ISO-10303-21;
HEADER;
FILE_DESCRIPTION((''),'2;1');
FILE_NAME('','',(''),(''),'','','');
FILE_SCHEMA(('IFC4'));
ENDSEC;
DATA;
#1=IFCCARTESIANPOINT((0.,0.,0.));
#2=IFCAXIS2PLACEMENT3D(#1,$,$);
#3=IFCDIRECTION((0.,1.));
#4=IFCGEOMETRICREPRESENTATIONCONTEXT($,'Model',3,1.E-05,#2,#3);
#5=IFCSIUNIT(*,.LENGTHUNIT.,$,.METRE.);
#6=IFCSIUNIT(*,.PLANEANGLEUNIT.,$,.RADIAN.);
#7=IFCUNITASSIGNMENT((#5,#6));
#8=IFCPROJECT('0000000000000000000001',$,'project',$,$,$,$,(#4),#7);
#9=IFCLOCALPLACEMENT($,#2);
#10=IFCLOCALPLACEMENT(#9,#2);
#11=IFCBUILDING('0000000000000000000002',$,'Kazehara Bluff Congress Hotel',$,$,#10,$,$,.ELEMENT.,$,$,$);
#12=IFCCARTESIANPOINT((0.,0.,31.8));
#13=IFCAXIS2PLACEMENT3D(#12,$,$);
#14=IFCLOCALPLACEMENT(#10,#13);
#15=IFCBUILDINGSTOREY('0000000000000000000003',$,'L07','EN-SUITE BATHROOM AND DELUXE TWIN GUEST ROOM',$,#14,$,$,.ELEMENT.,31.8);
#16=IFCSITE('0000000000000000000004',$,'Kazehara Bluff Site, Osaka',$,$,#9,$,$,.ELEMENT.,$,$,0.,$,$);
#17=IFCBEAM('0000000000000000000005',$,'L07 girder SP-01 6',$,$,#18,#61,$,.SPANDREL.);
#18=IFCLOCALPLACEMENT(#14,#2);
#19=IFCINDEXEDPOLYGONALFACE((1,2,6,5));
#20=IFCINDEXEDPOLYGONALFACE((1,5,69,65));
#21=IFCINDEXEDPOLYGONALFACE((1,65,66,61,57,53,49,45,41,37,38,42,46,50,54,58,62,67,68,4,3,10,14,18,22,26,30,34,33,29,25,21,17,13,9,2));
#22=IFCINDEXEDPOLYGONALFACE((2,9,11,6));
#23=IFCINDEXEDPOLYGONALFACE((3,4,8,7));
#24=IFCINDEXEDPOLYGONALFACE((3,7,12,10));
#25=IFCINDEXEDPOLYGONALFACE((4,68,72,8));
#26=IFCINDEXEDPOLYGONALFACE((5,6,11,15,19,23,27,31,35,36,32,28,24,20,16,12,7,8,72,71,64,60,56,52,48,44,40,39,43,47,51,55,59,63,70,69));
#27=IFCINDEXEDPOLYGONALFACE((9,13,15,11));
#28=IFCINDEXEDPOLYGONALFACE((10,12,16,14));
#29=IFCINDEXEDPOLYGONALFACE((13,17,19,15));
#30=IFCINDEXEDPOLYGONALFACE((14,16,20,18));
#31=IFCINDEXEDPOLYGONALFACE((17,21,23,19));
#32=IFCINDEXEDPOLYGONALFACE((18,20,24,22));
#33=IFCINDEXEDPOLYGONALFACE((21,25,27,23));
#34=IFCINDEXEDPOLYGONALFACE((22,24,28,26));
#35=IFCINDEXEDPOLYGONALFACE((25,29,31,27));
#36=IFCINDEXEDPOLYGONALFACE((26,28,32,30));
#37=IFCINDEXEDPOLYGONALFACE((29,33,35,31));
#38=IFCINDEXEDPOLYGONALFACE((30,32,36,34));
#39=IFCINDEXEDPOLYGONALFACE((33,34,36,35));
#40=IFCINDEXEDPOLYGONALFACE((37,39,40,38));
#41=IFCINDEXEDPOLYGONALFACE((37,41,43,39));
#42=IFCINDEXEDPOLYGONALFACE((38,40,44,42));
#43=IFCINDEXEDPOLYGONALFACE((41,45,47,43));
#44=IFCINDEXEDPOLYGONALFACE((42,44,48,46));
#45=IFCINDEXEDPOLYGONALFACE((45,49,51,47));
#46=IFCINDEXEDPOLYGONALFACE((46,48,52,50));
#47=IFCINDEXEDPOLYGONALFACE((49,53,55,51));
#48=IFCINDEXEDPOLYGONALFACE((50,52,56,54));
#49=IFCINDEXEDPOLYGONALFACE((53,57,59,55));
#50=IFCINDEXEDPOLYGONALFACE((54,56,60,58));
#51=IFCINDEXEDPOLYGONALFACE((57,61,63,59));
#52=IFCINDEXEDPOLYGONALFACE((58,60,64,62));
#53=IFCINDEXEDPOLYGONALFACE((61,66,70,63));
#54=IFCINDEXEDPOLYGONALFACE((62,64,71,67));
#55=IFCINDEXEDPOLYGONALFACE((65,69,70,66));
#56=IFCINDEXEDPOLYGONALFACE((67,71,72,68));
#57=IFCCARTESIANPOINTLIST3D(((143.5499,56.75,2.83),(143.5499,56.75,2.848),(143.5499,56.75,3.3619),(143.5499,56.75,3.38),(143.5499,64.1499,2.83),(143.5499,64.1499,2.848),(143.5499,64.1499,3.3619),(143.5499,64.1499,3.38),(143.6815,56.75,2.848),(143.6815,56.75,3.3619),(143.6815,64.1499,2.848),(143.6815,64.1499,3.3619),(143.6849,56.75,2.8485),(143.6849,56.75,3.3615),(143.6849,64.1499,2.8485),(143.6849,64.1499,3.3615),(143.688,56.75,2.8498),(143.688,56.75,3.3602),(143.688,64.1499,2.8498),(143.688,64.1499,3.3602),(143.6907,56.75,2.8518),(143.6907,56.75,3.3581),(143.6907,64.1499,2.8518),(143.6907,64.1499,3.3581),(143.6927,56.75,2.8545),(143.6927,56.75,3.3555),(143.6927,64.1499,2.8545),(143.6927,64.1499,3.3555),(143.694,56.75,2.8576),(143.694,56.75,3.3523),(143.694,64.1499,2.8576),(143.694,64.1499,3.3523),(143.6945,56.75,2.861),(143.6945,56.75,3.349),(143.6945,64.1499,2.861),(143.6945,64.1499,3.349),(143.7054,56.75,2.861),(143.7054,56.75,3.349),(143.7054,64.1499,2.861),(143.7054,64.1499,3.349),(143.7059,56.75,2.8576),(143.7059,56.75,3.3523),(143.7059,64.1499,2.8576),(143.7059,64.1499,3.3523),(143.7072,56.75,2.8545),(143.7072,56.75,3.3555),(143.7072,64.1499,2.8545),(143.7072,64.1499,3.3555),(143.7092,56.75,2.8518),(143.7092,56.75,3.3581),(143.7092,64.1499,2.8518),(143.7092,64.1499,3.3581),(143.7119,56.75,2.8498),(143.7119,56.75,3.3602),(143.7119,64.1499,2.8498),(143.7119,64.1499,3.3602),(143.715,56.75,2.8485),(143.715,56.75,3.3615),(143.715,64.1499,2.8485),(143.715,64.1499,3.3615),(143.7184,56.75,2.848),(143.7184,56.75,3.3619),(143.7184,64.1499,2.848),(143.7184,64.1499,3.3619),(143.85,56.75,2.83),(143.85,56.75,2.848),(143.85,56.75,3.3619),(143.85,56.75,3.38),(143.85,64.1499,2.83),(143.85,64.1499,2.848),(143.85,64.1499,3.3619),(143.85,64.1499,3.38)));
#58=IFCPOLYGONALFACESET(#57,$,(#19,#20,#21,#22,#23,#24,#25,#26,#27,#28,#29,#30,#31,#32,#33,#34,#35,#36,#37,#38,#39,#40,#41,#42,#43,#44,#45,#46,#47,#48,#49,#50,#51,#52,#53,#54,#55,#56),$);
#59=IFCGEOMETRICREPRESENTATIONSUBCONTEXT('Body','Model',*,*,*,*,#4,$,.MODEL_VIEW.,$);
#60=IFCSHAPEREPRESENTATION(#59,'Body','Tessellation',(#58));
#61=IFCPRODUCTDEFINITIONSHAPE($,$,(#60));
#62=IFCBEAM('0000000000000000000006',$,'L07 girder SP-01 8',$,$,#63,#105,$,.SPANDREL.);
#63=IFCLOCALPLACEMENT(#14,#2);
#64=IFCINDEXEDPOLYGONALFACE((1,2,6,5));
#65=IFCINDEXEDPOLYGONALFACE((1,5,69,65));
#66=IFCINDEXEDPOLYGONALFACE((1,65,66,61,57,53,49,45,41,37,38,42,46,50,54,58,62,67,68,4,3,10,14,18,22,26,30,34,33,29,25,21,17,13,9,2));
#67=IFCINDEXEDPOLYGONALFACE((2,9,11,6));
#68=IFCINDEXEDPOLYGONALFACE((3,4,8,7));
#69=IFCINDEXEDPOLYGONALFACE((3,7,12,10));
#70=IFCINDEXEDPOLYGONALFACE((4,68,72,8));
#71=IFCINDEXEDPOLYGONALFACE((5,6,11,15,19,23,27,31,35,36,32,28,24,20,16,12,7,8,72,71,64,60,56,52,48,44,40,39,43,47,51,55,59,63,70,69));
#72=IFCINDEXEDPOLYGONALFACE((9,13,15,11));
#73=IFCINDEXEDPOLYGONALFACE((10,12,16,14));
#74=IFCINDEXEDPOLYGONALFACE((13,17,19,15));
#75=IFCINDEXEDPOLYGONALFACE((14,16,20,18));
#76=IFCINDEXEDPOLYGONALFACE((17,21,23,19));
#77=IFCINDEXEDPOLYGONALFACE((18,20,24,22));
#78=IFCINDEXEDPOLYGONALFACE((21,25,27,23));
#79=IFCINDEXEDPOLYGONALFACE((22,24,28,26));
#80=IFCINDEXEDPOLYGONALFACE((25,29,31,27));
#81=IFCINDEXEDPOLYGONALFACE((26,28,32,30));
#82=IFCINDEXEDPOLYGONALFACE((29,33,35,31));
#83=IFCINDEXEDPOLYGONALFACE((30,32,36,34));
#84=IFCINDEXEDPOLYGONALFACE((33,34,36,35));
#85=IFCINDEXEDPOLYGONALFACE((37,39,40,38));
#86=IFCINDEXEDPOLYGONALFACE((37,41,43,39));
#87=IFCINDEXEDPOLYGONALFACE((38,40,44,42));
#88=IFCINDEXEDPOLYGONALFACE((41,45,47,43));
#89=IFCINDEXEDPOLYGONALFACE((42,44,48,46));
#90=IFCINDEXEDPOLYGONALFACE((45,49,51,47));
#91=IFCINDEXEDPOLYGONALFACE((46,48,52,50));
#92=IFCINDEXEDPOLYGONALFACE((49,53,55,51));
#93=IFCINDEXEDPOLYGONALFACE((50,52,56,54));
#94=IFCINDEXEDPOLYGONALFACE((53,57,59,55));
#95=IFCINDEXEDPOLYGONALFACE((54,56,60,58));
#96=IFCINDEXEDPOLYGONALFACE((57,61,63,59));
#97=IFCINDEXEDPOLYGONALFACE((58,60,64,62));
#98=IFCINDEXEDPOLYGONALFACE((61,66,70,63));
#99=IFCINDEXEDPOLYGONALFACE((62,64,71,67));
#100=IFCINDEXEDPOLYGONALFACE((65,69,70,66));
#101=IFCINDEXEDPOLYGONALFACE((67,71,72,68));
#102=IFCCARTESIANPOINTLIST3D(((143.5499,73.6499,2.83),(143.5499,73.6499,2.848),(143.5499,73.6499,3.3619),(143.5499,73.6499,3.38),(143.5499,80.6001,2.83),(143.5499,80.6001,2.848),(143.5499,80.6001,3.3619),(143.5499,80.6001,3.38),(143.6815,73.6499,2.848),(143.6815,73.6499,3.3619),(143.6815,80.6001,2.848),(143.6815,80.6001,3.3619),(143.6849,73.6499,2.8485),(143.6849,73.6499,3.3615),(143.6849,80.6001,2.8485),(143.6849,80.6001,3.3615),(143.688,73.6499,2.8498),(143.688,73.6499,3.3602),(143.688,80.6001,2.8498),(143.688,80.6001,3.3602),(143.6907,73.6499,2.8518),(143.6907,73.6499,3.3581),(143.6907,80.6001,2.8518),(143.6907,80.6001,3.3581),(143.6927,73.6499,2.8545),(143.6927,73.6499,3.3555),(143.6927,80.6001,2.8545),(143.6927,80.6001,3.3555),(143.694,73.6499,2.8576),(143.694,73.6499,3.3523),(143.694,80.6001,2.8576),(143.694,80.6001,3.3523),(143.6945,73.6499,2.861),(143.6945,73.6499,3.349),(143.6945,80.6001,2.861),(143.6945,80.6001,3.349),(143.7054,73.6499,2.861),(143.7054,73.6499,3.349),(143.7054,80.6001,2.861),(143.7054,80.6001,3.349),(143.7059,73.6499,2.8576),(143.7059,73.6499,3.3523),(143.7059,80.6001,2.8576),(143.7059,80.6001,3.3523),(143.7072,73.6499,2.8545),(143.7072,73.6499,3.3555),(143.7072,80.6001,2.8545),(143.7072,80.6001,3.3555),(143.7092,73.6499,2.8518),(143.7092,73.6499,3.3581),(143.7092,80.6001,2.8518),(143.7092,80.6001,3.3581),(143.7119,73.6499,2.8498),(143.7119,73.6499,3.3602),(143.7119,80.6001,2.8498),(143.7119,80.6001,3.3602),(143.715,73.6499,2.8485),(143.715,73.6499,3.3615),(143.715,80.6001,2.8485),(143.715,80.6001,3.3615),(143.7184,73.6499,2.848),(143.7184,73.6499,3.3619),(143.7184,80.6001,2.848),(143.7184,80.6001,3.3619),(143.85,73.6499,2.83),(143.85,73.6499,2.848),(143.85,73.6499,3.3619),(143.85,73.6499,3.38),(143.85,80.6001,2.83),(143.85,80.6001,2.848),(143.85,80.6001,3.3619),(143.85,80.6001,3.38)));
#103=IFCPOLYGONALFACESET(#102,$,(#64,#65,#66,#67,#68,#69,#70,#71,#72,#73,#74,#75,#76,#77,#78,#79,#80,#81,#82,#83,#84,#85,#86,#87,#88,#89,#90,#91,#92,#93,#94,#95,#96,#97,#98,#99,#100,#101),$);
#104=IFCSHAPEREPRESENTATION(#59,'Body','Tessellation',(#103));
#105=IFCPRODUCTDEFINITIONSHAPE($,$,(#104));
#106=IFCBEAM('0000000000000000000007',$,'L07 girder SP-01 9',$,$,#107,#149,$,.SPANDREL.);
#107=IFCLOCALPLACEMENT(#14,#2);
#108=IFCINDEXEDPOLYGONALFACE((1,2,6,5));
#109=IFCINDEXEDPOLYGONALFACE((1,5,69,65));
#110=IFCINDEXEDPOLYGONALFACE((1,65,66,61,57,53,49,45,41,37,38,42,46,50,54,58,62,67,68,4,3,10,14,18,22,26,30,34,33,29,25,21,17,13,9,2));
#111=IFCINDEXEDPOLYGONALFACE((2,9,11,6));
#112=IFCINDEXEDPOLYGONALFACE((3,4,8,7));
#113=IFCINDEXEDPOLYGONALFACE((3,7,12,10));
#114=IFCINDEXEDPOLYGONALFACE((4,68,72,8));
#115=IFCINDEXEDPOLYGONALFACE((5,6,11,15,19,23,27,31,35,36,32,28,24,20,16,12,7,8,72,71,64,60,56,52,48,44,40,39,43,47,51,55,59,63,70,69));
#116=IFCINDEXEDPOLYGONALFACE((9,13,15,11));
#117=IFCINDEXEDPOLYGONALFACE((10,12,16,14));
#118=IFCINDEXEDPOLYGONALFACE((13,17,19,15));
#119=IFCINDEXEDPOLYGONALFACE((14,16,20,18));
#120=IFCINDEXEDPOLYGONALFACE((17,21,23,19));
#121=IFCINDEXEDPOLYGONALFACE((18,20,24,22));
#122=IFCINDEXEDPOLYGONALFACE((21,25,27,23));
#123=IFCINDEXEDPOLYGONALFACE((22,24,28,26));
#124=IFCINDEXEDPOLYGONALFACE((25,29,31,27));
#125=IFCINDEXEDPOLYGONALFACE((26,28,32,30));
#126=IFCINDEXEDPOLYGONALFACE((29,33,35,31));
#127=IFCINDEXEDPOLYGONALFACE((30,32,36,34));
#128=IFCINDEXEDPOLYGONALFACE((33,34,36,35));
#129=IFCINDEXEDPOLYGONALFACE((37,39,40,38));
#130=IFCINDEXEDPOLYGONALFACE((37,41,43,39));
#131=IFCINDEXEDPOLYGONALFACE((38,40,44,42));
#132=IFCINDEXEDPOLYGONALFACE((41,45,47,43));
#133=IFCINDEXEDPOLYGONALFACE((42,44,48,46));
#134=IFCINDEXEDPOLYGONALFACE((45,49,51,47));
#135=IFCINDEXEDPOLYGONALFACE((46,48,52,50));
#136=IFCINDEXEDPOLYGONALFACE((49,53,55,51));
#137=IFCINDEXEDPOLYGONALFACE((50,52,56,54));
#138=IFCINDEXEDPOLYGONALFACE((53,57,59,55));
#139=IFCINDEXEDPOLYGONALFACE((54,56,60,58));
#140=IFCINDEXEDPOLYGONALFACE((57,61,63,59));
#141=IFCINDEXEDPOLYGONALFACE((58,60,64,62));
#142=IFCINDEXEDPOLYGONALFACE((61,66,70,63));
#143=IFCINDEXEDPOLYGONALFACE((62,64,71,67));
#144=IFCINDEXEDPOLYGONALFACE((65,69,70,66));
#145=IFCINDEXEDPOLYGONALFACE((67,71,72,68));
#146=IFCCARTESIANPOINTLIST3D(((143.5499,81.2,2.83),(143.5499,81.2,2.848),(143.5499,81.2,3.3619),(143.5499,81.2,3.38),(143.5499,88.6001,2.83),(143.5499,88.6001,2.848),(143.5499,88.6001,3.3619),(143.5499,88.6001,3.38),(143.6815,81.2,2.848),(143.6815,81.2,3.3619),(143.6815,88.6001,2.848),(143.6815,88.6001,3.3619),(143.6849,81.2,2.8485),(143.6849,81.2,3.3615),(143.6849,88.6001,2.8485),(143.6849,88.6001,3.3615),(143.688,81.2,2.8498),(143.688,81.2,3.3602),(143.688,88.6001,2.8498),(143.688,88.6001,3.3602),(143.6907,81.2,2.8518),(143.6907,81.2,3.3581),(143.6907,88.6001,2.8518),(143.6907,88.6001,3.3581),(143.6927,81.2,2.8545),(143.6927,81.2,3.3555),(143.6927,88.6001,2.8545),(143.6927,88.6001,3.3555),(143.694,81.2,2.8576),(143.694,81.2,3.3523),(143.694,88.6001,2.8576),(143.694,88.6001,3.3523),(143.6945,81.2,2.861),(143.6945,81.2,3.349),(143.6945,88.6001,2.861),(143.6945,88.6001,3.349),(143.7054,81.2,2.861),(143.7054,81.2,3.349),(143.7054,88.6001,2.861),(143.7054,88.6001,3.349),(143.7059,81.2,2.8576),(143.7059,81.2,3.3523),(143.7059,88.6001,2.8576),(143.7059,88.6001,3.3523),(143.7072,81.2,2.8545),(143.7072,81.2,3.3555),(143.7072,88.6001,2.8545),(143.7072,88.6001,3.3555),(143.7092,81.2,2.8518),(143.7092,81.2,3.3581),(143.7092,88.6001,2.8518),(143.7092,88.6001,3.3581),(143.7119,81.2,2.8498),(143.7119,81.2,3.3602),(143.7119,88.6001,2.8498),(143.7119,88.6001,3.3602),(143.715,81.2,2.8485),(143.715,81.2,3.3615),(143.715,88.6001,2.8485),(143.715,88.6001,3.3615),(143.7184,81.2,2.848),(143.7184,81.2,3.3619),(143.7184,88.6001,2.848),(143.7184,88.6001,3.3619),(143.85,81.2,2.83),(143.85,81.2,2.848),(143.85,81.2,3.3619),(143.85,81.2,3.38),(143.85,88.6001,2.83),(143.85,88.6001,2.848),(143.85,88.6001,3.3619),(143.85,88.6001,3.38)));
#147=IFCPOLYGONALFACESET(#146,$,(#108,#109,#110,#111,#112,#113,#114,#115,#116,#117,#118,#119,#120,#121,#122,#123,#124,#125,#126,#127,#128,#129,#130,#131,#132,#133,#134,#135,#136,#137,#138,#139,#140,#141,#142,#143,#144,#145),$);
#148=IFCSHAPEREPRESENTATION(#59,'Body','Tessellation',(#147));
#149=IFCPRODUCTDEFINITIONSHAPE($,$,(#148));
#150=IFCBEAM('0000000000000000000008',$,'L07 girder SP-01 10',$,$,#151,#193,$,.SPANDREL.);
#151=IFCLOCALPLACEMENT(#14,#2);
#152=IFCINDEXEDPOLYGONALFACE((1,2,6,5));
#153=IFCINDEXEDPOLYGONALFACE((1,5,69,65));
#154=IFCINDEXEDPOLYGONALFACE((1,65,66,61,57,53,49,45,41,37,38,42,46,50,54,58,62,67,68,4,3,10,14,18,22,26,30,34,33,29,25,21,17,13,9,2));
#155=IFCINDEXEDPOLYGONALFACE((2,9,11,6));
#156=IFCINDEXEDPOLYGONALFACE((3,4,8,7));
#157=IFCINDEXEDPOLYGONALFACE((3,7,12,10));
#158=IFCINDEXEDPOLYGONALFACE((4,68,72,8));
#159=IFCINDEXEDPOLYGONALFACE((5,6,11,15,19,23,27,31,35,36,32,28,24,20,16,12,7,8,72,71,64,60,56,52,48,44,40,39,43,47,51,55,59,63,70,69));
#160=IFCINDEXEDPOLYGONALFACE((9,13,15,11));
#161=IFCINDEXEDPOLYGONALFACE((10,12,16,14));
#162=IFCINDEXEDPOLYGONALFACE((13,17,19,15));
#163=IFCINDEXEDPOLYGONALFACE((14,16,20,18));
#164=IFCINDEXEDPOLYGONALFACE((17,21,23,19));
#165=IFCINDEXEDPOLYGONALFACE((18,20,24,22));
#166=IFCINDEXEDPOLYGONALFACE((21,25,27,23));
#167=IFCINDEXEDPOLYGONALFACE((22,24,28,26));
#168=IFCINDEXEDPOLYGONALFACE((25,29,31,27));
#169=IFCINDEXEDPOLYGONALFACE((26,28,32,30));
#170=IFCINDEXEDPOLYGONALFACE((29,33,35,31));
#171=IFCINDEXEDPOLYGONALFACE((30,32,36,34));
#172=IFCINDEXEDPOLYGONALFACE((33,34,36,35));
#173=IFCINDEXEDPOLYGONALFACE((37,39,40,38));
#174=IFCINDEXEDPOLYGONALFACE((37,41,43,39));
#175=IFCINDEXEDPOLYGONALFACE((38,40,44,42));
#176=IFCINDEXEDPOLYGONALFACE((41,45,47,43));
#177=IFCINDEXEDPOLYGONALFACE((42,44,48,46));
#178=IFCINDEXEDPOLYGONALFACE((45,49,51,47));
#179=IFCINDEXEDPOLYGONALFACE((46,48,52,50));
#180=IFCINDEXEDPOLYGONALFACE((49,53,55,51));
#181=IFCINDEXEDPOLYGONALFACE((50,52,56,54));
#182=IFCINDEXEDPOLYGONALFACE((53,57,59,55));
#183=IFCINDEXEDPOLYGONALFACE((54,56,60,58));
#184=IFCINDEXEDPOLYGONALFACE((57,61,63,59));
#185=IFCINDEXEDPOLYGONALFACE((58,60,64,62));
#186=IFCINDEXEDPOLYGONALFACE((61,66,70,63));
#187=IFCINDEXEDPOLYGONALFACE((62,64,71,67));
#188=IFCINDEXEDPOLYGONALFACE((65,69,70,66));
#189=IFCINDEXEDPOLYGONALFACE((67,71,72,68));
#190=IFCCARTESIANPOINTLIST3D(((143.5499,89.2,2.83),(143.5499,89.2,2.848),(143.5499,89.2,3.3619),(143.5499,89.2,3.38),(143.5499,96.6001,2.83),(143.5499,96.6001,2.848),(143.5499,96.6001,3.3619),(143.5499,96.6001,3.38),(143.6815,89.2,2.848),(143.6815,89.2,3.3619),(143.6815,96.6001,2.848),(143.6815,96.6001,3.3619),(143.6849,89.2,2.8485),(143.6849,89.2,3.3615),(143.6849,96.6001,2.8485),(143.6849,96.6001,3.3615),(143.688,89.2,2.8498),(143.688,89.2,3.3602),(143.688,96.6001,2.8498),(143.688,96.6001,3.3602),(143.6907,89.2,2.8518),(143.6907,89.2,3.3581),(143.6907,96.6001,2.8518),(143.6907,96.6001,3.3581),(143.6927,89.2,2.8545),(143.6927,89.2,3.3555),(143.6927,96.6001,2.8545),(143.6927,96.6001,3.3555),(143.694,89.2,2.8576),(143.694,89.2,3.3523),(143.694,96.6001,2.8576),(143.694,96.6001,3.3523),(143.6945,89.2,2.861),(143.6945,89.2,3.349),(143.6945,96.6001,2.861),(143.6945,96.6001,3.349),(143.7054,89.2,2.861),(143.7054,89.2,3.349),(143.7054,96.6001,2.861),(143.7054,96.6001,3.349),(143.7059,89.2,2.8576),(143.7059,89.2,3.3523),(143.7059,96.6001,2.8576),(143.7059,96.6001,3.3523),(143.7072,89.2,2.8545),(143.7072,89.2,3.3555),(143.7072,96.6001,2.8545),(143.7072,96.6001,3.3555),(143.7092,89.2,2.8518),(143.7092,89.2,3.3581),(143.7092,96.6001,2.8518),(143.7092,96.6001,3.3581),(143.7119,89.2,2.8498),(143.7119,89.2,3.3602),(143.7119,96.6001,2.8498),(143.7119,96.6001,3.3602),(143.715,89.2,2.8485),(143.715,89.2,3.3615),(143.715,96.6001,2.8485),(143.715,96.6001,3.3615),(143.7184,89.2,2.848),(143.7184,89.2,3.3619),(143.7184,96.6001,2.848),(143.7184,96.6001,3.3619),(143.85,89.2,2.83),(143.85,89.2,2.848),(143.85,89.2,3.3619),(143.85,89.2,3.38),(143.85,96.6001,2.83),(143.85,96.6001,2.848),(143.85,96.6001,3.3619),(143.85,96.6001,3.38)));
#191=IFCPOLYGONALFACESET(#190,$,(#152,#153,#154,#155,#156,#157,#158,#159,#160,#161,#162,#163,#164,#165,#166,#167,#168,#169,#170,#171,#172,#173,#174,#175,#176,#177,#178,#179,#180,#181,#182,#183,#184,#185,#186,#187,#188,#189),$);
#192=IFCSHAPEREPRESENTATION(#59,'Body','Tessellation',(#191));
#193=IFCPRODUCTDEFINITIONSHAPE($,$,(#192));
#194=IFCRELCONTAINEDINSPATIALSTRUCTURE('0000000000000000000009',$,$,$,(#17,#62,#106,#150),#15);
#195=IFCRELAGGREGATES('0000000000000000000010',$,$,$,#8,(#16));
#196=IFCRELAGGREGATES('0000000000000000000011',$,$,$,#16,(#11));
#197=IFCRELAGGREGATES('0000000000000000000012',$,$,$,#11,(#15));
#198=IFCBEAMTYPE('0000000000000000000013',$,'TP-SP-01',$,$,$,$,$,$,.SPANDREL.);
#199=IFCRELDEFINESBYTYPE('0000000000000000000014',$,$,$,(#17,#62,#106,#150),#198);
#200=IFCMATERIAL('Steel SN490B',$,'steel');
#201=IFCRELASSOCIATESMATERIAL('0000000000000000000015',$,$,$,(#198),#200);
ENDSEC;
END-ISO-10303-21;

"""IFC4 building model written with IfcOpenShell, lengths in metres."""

from ifc_helpers import new_model, si_unit, direction, frame, origin, origin_2d, place, context, subcontext, project, spatial, i_section, extrude, material, material_profile, profile_set, type_object, element, save


model = new_model("IFC4")

# Units and contexts
model_context = context("Model", 3, precision=1e-05, world=origin(), true_north=direction((0.0, 1.0)))
body_context = subcontext(model_context, "Body", "Model", "MODEL_VIEW")
ifc_project = project(units=[si_unit("LENGTHUNIT", "METRE"), si_unit("PLANEANGLEUNIT", "RADIAN")], contexts=[model_context])

# Site, building, storey
site_placement = place(None, origin())
site = spatial("IfcSite", under=ifc_project, at=site_placement, Name="Kazehara Bluff Site, Osaka", CompositionType="ELEMENT", RefElevation=0.0)
building_placement = place(site_placement, origin())
building = spatial("IfcBuilding", under=site, at=building_placement, Name="Kazehara Bluff Congress Hotel", CompositionType="ELEMENT")
storey_placement = place(building_placement, frame((0.0, 0.0, 31.8)))
storey = spatial("IfcBuildingStorey", under=building, at=storey_placement, Name="L07", Description="EN-SUITE BATHROOM AND DELUXE TWIN GUEST ROOM", CompositionType="ELEMENT", Elevation=31.8)

# Beams
ifc_material_1 = material(Name="Steel SN490B", Category="steel")
ifc_material_profile_1 = material_profile(ifc_material_1, i_section(OverallWidth=0.3, OverallDepth=0.55, WebThickness=0.011, FlangeThickness=0.0181, FilletRadius=0.0129, at=origin_2d()))
ifc_profile_set_1 = profile_set([ifc_material_profile_1], Name="Steel SN490B")
beam_type_1 = type_object("IfcBeamType", Name="TP-SP-01", PredefinedType="SPANDREL", material=ifc_profile_set_1)
beam_1_placement = place(storey_placement, frame((143.7, 56.75, 3.105), z_axis=(0.0, 1.0, 0.0), x_axis=(-1.0, 0.0, 0.0)))
element("IfcBeam", 1, at=beam_1_placement, inside=storey, type_object=beam_type_1, Name="L07 girder SP-01 6", PredefinedType="SPANDREL", context=body_context, shape_type="SweptSolid", body=[
    extrude(i_section(OverallWidth=0.3, OverallDepth=0.55, WebThickness=0.011, FlangeThickness=0.0181, FilletRadius=0.0129, at=origin_2d()), origin(), (0.0, 0.0, 1.0), 7.3999),
])
beam_2_placement = place(storey_placement, frame((143.7, 73.6499, 3.105), z_axis=(0.0, 1.0, 0.0), x_axis=(-1.0, 0.0, 0.0)))
element("IfcBeam", 2, at=beam_2_placement, inside=storey, type_object=beam_type_1, Name="L07 girder SP-01 8", PredefinedType="SPANDREL", context=body_context, shape_type="SweptSolid", body=[
    extrude(i_section(OverallWidth=0.3, OverallDepth=0.55, WebThickness=0.011, FlangeThickness=0.0181, FilletRadius=0.0129, at=origin_2d()), origin(), (0.0, 0.0, 1.0), 6.9502),
])
for number, where, z_axis, x_axis, name in (
    (3, (143.7, 81.2, 3.105), (0.0, 1.0, 0.0), (-1.0, 0.0, 0.0), "L07 girder SP-01 9"),
    (4, (143.7, 89.2, 3.105), (0.0, 1.0, 0.0), (-1.0, 0.0, 0.0), "L07 girder SP-01 10"),
):
    element("IfcBeam", number, at=place(storey_placement, frame(where, z_axis=z_axis, x_axis=x_axis)), inside=storey, type_object=beam_type_1, Name=name, PredefinedType="SPANDREL", context=body_context, shape_type="SweptSolid", body=[
        extrude(i_section(OverallWidth=0.3, OverallDepth=0.55, WebThickness=0.011, FlangeThickness=0.0181, FilletRadius=0.0129, at=origin_2d()), origin(), (0.0, 0.0, 1.0), 7.4001),
    ])

save(model, "model.ifc")
